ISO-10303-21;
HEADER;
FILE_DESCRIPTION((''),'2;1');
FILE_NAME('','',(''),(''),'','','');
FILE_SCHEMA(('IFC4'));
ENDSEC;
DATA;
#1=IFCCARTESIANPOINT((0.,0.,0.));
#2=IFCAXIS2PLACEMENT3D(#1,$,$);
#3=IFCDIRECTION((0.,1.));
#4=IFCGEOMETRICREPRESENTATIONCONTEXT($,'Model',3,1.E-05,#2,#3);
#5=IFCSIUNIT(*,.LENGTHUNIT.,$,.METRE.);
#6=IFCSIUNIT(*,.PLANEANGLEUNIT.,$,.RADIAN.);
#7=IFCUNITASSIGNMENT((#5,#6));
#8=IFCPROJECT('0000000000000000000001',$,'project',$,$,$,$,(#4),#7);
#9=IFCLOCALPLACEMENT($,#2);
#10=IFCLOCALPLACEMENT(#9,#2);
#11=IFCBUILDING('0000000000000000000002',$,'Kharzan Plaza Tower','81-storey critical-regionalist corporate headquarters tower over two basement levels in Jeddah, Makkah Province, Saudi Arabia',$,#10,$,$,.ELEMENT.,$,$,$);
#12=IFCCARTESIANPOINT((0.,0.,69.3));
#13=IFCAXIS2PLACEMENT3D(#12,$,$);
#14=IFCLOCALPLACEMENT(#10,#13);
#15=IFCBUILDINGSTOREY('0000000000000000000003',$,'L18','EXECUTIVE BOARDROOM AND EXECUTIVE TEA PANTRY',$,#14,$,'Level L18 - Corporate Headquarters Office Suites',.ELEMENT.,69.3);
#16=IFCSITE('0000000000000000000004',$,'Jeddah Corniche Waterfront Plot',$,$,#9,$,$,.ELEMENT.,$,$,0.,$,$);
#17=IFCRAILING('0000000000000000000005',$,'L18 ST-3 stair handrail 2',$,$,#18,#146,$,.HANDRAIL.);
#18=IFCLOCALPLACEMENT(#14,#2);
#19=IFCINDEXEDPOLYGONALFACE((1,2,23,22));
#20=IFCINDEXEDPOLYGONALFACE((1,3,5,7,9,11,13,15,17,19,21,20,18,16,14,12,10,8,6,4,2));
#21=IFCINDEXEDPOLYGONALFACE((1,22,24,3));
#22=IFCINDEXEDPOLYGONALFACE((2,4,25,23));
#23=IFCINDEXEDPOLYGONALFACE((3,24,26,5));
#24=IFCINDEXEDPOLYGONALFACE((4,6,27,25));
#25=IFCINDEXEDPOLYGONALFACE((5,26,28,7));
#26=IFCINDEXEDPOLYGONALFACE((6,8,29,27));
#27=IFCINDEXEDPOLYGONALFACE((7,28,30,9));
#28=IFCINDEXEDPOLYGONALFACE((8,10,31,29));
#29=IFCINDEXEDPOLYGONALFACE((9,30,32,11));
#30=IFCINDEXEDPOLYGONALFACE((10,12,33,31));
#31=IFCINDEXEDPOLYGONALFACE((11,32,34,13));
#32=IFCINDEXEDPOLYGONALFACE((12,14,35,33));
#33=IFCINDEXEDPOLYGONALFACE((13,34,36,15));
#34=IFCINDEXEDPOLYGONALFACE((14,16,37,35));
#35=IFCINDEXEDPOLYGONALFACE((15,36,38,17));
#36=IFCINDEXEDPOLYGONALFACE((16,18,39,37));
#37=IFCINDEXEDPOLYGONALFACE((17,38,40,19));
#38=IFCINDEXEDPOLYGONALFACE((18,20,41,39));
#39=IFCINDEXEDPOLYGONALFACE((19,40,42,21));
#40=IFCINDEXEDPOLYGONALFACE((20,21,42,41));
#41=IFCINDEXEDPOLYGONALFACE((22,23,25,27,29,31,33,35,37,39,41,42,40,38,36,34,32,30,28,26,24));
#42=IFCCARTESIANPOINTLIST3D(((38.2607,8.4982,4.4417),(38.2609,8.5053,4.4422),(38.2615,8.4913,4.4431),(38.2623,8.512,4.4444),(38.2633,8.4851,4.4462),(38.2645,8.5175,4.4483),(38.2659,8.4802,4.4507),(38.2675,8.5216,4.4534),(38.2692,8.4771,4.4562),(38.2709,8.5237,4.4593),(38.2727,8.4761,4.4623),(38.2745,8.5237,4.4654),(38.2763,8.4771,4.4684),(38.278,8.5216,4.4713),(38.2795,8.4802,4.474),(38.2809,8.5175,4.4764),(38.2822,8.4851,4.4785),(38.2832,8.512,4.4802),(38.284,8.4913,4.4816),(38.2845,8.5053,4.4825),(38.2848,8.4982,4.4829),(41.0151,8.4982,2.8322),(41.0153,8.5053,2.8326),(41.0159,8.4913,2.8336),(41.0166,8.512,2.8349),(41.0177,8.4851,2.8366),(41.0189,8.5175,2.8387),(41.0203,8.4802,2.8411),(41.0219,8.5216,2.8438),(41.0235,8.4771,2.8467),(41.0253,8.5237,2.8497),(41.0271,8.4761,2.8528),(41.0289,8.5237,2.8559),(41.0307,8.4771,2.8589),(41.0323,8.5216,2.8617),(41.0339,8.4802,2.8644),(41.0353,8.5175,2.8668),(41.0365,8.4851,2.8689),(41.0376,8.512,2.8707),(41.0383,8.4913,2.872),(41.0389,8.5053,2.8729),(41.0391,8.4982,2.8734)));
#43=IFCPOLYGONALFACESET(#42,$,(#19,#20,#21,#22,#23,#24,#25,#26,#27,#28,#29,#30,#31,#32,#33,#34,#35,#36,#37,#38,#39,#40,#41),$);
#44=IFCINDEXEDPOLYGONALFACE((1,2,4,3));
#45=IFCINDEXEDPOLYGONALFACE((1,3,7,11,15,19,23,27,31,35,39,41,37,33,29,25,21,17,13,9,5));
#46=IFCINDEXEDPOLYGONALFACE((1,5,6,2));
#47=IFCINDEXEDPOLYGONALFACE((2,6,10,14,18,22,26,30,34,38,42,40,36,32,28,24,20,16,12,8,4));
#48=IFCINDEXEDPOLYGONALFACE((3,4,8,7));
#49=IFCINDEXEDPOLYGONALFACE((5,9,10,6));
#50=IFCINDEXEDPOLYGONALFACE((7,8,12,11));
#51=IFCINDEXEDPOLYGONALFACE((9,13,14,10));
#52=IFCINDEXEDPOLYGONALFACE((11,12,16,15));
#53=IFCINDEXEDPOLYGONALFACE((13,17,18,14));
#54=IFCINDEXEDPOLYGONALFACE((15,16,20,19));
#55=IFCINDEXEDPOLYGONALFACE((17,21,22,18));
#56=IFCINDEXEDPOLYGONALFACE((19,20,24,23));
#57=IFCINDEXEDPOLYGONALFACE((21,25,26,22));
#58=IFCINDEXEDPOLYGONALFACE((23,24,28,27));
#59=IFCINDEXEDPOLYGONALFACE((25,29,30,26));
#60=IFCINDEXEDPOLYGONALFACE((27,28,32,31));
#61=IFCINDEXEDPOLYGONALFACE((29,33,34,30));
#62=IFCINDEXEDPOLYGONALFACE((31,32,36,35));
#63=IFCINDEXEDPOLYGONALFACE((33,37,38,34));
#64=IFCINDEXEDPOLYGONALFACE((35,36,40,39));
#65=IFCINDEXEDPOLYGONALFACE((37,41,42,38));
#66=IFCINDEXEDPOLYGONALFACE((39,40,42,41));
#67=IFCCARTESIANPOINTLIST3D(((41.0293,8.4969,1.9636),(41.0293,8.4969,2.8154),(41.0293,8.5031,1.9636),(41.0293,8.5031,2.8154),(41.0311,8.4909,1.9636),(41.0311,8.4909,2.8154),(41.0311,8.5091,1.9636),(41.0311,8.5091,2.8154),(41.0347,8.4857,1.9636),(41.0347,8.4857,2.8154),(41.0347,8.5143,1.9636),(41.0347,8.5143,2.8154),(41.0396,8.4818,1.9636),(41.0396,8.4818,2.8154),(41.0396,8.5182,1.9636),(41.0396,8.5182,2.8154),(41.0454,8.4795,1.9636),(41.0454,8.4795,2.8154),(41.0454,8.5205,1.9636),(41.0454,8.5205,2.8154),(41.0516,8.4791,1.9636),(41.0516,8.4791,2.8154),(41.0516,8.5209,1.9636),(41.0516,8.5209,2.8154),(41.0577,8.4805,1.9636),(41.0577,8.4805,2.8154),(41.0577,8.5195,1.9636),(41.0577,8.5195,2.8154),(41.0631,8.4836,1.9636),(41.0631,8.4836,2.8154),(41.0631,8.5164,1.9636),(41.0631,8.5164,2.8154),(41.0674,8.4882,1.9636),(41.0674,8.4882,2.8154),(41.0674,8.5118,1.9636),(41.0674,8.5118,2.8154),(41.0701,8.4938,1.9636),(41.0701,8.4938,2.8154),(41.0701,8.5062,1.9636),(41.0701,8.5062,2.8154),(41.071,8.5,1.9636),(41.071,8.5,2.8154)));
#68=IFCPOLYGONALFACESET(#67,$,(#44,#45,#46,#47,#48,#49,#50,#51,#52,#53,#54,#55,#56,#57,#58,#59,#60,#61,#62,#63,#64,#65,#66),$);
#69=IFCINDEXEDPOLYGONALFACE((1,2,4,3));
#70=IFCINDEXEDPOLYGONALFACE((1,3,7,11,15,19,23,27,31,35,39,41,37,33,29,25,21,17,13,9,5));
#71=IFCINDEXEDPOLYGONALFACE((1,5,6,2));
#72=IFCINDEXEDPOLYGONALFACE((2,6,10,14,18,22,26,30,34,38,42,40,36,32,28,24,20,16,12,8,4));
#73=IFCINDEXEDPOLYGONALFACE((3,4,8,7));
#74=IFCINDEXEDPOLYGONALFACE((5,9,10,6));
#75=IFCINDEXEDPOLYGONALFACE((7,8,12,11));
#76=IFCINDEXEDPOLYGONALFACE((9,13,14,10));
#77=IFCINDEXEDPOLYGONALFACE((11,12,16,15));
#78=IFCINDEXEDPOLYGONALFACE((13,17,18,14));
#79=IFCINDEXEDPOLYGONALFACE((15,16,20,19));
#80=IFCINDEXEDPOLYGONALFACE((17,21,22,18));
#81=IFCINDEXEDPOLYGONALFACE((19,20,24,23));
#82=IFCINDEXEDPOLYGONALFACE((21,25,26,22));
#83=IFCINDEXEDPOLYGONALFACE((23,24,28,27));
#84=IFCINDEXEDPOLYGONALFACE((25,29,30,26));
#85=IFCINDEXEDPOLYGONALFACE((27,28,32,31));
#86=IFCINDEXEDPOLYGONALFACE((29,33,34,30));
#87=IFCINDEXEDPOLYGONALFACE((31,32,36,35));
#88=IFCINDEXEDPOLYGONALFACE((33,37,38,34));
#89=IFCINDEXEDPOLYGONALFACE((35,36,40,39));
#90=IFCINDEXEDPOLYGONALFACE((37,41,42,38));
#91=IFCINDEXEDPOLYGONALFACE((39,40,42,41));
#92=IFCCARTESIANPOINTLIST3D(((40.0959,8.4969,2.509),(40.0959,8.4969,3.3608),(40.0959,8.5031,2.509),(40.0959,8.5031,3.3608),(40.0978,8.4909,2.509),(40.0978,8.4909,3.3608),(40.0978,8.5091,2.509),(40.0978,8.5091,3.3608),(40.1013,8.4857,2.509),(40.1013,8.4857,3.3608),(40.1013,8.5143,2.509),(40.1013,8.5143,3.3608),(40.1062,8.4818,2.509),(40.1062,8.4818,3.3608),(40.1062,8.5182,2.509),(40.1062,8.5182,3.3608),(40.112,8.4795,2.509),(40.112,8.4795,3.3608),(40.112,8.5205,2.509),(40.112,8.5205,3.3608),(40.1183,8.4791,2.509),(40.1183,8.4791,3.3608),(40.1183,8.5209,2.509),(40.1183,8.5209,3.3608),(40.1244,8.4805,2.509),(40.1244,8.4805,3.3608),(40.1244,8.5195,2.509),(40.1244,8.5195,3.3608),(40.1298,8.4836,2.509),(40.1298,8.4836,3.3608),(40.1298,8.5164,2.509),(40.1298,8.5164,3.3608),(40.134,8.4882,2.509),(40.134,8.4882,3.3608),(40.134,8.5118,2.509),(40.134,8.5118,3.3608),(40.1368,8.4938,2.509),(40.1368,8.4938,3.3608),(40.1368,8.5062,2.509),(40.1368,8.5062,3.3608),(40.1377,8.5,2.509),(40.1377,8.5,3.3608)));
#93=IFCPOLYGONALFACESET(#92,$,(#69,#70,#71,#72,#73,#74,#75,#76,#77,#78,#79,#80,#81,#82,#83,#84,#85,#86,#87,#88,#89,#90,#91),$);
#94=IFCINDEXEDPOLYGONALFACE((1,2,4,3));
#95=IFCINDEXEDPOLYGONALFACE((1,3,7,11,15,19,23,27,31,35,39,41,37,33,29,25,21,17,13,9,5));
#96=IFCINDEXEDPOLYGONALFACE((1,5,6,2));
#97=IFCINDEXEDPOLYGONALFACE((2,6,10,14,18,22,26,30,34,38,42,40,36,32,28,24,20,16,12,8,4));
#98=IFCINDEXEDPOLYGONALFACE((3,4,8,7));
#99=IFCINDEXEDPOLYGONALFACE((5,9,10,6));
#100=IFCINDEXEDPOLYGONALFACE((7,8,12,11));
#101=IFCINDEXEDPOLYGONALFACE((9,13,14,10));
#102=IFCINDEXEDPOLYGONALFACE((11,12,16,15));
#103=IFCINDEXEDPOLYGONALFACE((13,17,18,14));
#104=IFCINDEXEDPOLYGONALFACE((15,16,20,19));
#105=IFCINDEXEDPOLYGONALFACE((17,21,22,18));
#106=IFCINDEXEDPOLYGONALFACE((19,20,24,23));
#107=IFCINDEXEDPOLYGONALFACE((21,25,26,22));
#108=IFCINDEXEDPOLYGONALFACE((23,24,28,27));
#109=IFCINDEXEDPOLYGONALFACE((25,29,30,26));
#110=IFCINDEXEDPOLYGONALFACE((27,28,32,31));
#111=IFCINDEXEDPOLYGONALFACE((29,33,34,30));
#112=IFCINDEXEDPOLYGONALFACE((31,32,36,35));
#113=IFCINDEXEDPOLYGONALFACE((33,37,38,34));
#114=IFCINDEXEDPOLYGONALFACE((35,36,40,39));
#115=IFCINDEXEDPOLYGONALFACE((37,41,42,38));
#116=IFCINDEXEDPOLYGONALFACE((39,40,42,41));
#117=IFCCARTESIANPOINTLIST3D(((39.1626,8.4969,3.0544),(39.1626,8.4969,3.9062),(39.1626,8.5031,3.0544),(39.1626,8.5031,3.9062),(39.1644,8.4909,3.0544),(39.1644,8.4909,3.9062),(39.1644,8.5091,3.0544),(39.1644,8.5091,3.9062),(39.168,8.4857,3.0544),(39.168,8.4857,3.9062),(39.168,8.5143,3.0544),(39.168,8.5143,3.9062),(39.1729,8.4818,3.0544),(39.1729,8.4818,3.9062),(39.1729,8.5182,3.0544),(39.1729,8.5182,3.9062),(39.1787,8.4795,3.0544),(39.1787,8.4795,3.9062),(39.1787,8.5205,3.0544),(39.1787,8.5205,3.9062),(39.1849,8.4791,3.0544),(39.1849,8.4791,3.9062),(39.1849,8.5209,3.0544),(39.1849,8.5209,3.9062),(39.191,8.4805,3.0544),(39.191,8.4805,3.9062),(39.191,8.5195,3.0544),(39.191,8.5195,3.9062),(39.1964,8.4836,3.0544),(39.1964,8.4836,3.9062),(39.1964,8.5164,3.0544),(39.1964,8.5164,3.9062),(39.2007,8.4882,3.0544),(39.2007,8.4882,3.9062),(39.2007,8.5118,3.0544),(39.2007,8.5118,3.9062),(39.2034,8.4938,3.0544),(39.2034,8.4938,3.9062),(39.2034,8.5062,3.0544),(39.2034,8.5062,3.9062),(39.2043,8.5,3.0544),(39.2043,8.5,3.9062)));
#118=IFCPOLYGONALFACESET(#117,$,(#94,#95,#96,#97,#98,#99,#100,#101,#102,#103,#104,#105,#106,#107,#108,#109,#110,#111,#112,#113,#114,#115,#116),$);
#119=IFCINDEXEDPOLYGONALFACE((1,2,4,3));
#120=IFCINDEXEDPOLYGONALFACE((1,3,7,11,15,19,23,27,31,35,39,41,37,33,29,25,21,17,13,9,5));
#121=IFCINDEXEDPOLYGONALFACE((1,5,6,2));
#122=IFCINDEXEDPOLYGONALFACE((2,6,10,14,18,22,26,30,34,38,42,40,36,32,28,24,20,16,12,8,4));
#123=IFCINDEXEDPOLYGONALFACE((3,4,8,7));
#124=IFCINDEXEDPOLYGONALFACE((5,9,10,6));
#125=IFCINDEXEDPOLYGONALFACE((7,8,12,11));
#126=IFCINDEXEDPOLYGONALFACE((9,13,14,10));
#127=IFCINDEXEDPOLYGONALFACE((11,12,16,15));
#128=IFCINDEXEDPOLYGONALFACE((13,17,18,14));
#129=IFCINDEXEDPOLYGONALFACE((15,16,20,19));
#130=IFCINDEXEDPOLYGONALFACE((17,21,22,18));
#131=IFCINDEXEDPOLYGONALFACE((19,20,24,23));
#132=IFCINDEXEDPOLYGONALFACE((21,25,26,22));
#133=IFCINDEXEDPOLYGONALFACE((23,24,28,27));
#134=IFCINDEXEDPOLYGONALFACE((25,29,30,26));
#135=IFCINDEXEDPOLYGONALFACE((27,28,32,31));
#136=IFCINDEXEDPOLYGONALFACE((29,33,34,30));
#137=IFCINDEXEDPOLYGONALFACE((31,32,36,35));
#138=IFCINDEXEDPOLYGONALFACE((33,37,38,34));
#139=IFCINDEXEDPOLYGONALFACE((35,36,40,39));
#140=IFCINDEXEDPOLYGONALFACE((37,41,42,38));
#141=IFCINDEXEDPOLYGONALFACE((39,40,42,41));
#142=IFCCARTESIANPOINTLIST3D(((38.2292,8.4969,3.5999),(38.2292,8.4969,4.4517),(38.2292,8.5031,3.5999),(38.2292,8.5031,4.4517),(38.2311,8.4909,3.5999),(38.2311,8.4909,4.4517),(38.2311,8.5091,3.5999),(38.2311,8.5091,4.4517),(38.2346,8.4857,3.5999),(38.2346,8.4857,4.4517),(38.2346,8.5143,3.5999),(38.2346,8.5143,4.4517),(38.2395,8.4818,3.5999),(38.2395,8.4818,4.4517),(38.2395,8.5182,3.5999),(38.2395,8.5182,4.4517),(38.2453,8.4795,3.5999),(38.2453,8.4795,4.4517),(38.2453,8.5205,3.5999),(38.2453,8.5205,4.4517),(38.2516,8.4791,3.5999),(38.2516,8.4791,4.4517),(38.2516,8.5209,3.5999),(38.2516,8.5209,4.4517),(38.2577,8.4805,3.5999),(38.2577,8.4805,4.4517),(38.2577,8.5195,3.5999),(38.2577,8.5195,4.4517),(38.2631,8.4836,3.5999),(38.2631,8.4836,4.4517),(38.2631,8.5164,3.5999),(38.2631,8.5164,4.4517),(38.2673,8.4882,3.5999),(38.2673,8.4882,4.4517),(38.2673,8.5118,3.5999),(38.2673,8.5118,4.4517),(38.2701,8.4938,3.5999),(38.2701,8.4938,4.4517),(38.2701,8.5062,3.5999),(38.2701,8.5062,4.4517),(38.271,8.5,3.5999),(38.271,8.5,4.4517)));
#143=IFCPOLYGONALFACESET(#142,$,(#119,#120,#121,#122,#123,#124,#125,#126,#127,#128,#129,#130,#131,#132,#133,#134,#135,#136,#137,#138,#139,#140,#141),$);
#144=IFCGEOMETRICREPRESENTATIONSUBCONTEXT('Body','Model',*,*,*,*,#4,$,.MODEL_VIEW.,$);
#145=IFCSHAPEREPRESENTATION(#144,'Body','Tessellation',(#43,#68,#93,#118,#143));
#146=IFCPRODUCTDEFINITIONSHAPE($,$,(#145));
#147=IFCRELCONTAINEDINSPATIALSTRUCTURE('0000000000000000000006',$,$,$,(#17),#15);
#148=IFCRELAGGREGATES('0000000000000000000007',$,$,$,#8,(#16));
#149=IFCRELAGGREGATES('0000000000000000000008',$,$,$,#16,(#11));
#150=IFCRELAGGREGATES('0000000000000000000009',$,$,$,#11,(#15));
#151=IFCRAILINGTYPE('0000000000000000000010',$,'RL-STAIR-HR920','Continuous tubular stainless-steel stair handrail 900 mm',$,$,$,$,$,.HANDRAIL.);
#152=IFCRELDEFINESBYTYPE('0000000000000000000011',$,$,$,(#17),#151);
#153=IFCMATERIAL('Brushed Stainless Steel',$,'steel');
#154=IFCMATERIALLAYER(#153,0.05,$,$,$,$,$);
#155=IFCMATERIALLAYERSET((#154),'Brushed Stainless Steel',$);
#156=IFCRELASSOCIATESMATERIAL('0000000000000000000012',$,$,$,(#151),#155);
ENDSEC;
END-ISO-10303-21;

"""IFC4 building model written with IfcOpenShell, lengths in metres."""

from ifc_helpers import new_model, si_unit, direction, frame, origin, origin_2d, place, context, subcontext, project, spatial, circle, extrude, source, transform, mapped, material, layer, layer_set, type_object, element, save


model = new_model("IFC4")

# Units and contexts
model_context = context("Model", 3, precision=1e-05, world=origin(), true_north=direction((0.0, 1.0)))
body_context = subcontext(model_context, "Body", "Model", "MODEL_VIEW")
ifc_project = project(units=[si_unit("LENGTHUNIT", "METRE"), si_unit("PLANEANGLEUNIT", "RADIAN")], contexts=[model_context])

# Site, building, storey
site_placement = place(None, origin())
site = spatial("IfcSite", under=ifc_project, at=site_placement, Name="Jeddah Corniche Waterfront Plot", CompositionType="ELEMENT", RefElevation=0.0)
building_placement = place(site_placement, origin())
building = spatial("IfcBuilding", under=site, at=building_placement, Name="Kharzan Plaza Tower", Description="81-storey critical-regionalist corporate headquarters tower over two basement levels in Jeddah, Makkah Province, Saudi Arabia", CompositionType="ELEMENT")
storey_placement = place(building_placement, frame((0.0, 0.0, 69.3)))
storey = spatial("IfcBuildingStorey", under=building, at=storey_placement, Name="L18", Description="EXECUTIVE BOARDROOM AND EXECUTIVE TEA PANTRY", LongName="Level L18 - Corporate Headquarters Office Suites", CompositionType="ELEMENT", Elevation=69.3)

# Shared definitions
ifc_material_1 = material(Name="Brushed Stainless Steel", Category="steel")

# Railing
ifc_layer_1 = layer(ifc_material_1, 0.05)
ifc_layer_set_1 = layer_set([ifc_layer_1], Name="Brushed Stainless Steel")
railing_type_1 = type_object("IfcRailingType", Name="RL-STAIR-HR920", Description="Continuous tubular stainless-steel stair handrail 900 mm", PredefinedType="HANDRAIL", material=ifc_layer_set_1)
shared_shape_1 = source(origin(), body_context, "Body", "SweptSolid", [
    extrude(circle(Radius=0.0239, at=origin_2d()), frame((-0.0229, 0.0, 0.8892), z_axis=(-0.863394, 0.0, 0.504531), x_axis=(0.0, -1.0, 0.0)), (0.0, 0.0, 1.0), 3.1902),
    extrude(circle(Radius=0.021, at=origin_2d()), origin(), (0.0, 0.0, 1.0), 0.8518),
    extrude(circle(Radius=0.021, at=origin_2d()), frame((-0.9333, 0.0, 0.5454)), (0.0, 0.0, 1.0), 0.8518),
    extrude(circle(Radius=0.021, at=origin_2d()), frame((-1.8667, 0.0, 1.0908)), (0.0, 0.0, 1.0), 0.8518),
    extrude(circle(Radius=0.021, at=origin_2d()), frame((-2.8, 0.0, 1.6362)), (0.0, 0.0, 1.0), 0.8518),
])
railing_1_placement = place(storey_placement, frame((41.05, 8.5, 1.9636)))
element("IfcRailing", 1, at=railing_1_placement, inside=storey, type_object=railing_type_1, Name="L18 ST-3 stair handrail 2", PredefinedType="HANDRAIL", context=body_context, shape_type="MappedRepresentation", body=[
    mapped(shared_shape_1, transform((0.0, 0.0, 0.0), x_axis=(1.0, 0.0, 0.0), y_axis=(0.0, 1.0, 0.0), z_axis=(0.0, 0.0, 1.0))),
])

save(model, "model.ifc")
